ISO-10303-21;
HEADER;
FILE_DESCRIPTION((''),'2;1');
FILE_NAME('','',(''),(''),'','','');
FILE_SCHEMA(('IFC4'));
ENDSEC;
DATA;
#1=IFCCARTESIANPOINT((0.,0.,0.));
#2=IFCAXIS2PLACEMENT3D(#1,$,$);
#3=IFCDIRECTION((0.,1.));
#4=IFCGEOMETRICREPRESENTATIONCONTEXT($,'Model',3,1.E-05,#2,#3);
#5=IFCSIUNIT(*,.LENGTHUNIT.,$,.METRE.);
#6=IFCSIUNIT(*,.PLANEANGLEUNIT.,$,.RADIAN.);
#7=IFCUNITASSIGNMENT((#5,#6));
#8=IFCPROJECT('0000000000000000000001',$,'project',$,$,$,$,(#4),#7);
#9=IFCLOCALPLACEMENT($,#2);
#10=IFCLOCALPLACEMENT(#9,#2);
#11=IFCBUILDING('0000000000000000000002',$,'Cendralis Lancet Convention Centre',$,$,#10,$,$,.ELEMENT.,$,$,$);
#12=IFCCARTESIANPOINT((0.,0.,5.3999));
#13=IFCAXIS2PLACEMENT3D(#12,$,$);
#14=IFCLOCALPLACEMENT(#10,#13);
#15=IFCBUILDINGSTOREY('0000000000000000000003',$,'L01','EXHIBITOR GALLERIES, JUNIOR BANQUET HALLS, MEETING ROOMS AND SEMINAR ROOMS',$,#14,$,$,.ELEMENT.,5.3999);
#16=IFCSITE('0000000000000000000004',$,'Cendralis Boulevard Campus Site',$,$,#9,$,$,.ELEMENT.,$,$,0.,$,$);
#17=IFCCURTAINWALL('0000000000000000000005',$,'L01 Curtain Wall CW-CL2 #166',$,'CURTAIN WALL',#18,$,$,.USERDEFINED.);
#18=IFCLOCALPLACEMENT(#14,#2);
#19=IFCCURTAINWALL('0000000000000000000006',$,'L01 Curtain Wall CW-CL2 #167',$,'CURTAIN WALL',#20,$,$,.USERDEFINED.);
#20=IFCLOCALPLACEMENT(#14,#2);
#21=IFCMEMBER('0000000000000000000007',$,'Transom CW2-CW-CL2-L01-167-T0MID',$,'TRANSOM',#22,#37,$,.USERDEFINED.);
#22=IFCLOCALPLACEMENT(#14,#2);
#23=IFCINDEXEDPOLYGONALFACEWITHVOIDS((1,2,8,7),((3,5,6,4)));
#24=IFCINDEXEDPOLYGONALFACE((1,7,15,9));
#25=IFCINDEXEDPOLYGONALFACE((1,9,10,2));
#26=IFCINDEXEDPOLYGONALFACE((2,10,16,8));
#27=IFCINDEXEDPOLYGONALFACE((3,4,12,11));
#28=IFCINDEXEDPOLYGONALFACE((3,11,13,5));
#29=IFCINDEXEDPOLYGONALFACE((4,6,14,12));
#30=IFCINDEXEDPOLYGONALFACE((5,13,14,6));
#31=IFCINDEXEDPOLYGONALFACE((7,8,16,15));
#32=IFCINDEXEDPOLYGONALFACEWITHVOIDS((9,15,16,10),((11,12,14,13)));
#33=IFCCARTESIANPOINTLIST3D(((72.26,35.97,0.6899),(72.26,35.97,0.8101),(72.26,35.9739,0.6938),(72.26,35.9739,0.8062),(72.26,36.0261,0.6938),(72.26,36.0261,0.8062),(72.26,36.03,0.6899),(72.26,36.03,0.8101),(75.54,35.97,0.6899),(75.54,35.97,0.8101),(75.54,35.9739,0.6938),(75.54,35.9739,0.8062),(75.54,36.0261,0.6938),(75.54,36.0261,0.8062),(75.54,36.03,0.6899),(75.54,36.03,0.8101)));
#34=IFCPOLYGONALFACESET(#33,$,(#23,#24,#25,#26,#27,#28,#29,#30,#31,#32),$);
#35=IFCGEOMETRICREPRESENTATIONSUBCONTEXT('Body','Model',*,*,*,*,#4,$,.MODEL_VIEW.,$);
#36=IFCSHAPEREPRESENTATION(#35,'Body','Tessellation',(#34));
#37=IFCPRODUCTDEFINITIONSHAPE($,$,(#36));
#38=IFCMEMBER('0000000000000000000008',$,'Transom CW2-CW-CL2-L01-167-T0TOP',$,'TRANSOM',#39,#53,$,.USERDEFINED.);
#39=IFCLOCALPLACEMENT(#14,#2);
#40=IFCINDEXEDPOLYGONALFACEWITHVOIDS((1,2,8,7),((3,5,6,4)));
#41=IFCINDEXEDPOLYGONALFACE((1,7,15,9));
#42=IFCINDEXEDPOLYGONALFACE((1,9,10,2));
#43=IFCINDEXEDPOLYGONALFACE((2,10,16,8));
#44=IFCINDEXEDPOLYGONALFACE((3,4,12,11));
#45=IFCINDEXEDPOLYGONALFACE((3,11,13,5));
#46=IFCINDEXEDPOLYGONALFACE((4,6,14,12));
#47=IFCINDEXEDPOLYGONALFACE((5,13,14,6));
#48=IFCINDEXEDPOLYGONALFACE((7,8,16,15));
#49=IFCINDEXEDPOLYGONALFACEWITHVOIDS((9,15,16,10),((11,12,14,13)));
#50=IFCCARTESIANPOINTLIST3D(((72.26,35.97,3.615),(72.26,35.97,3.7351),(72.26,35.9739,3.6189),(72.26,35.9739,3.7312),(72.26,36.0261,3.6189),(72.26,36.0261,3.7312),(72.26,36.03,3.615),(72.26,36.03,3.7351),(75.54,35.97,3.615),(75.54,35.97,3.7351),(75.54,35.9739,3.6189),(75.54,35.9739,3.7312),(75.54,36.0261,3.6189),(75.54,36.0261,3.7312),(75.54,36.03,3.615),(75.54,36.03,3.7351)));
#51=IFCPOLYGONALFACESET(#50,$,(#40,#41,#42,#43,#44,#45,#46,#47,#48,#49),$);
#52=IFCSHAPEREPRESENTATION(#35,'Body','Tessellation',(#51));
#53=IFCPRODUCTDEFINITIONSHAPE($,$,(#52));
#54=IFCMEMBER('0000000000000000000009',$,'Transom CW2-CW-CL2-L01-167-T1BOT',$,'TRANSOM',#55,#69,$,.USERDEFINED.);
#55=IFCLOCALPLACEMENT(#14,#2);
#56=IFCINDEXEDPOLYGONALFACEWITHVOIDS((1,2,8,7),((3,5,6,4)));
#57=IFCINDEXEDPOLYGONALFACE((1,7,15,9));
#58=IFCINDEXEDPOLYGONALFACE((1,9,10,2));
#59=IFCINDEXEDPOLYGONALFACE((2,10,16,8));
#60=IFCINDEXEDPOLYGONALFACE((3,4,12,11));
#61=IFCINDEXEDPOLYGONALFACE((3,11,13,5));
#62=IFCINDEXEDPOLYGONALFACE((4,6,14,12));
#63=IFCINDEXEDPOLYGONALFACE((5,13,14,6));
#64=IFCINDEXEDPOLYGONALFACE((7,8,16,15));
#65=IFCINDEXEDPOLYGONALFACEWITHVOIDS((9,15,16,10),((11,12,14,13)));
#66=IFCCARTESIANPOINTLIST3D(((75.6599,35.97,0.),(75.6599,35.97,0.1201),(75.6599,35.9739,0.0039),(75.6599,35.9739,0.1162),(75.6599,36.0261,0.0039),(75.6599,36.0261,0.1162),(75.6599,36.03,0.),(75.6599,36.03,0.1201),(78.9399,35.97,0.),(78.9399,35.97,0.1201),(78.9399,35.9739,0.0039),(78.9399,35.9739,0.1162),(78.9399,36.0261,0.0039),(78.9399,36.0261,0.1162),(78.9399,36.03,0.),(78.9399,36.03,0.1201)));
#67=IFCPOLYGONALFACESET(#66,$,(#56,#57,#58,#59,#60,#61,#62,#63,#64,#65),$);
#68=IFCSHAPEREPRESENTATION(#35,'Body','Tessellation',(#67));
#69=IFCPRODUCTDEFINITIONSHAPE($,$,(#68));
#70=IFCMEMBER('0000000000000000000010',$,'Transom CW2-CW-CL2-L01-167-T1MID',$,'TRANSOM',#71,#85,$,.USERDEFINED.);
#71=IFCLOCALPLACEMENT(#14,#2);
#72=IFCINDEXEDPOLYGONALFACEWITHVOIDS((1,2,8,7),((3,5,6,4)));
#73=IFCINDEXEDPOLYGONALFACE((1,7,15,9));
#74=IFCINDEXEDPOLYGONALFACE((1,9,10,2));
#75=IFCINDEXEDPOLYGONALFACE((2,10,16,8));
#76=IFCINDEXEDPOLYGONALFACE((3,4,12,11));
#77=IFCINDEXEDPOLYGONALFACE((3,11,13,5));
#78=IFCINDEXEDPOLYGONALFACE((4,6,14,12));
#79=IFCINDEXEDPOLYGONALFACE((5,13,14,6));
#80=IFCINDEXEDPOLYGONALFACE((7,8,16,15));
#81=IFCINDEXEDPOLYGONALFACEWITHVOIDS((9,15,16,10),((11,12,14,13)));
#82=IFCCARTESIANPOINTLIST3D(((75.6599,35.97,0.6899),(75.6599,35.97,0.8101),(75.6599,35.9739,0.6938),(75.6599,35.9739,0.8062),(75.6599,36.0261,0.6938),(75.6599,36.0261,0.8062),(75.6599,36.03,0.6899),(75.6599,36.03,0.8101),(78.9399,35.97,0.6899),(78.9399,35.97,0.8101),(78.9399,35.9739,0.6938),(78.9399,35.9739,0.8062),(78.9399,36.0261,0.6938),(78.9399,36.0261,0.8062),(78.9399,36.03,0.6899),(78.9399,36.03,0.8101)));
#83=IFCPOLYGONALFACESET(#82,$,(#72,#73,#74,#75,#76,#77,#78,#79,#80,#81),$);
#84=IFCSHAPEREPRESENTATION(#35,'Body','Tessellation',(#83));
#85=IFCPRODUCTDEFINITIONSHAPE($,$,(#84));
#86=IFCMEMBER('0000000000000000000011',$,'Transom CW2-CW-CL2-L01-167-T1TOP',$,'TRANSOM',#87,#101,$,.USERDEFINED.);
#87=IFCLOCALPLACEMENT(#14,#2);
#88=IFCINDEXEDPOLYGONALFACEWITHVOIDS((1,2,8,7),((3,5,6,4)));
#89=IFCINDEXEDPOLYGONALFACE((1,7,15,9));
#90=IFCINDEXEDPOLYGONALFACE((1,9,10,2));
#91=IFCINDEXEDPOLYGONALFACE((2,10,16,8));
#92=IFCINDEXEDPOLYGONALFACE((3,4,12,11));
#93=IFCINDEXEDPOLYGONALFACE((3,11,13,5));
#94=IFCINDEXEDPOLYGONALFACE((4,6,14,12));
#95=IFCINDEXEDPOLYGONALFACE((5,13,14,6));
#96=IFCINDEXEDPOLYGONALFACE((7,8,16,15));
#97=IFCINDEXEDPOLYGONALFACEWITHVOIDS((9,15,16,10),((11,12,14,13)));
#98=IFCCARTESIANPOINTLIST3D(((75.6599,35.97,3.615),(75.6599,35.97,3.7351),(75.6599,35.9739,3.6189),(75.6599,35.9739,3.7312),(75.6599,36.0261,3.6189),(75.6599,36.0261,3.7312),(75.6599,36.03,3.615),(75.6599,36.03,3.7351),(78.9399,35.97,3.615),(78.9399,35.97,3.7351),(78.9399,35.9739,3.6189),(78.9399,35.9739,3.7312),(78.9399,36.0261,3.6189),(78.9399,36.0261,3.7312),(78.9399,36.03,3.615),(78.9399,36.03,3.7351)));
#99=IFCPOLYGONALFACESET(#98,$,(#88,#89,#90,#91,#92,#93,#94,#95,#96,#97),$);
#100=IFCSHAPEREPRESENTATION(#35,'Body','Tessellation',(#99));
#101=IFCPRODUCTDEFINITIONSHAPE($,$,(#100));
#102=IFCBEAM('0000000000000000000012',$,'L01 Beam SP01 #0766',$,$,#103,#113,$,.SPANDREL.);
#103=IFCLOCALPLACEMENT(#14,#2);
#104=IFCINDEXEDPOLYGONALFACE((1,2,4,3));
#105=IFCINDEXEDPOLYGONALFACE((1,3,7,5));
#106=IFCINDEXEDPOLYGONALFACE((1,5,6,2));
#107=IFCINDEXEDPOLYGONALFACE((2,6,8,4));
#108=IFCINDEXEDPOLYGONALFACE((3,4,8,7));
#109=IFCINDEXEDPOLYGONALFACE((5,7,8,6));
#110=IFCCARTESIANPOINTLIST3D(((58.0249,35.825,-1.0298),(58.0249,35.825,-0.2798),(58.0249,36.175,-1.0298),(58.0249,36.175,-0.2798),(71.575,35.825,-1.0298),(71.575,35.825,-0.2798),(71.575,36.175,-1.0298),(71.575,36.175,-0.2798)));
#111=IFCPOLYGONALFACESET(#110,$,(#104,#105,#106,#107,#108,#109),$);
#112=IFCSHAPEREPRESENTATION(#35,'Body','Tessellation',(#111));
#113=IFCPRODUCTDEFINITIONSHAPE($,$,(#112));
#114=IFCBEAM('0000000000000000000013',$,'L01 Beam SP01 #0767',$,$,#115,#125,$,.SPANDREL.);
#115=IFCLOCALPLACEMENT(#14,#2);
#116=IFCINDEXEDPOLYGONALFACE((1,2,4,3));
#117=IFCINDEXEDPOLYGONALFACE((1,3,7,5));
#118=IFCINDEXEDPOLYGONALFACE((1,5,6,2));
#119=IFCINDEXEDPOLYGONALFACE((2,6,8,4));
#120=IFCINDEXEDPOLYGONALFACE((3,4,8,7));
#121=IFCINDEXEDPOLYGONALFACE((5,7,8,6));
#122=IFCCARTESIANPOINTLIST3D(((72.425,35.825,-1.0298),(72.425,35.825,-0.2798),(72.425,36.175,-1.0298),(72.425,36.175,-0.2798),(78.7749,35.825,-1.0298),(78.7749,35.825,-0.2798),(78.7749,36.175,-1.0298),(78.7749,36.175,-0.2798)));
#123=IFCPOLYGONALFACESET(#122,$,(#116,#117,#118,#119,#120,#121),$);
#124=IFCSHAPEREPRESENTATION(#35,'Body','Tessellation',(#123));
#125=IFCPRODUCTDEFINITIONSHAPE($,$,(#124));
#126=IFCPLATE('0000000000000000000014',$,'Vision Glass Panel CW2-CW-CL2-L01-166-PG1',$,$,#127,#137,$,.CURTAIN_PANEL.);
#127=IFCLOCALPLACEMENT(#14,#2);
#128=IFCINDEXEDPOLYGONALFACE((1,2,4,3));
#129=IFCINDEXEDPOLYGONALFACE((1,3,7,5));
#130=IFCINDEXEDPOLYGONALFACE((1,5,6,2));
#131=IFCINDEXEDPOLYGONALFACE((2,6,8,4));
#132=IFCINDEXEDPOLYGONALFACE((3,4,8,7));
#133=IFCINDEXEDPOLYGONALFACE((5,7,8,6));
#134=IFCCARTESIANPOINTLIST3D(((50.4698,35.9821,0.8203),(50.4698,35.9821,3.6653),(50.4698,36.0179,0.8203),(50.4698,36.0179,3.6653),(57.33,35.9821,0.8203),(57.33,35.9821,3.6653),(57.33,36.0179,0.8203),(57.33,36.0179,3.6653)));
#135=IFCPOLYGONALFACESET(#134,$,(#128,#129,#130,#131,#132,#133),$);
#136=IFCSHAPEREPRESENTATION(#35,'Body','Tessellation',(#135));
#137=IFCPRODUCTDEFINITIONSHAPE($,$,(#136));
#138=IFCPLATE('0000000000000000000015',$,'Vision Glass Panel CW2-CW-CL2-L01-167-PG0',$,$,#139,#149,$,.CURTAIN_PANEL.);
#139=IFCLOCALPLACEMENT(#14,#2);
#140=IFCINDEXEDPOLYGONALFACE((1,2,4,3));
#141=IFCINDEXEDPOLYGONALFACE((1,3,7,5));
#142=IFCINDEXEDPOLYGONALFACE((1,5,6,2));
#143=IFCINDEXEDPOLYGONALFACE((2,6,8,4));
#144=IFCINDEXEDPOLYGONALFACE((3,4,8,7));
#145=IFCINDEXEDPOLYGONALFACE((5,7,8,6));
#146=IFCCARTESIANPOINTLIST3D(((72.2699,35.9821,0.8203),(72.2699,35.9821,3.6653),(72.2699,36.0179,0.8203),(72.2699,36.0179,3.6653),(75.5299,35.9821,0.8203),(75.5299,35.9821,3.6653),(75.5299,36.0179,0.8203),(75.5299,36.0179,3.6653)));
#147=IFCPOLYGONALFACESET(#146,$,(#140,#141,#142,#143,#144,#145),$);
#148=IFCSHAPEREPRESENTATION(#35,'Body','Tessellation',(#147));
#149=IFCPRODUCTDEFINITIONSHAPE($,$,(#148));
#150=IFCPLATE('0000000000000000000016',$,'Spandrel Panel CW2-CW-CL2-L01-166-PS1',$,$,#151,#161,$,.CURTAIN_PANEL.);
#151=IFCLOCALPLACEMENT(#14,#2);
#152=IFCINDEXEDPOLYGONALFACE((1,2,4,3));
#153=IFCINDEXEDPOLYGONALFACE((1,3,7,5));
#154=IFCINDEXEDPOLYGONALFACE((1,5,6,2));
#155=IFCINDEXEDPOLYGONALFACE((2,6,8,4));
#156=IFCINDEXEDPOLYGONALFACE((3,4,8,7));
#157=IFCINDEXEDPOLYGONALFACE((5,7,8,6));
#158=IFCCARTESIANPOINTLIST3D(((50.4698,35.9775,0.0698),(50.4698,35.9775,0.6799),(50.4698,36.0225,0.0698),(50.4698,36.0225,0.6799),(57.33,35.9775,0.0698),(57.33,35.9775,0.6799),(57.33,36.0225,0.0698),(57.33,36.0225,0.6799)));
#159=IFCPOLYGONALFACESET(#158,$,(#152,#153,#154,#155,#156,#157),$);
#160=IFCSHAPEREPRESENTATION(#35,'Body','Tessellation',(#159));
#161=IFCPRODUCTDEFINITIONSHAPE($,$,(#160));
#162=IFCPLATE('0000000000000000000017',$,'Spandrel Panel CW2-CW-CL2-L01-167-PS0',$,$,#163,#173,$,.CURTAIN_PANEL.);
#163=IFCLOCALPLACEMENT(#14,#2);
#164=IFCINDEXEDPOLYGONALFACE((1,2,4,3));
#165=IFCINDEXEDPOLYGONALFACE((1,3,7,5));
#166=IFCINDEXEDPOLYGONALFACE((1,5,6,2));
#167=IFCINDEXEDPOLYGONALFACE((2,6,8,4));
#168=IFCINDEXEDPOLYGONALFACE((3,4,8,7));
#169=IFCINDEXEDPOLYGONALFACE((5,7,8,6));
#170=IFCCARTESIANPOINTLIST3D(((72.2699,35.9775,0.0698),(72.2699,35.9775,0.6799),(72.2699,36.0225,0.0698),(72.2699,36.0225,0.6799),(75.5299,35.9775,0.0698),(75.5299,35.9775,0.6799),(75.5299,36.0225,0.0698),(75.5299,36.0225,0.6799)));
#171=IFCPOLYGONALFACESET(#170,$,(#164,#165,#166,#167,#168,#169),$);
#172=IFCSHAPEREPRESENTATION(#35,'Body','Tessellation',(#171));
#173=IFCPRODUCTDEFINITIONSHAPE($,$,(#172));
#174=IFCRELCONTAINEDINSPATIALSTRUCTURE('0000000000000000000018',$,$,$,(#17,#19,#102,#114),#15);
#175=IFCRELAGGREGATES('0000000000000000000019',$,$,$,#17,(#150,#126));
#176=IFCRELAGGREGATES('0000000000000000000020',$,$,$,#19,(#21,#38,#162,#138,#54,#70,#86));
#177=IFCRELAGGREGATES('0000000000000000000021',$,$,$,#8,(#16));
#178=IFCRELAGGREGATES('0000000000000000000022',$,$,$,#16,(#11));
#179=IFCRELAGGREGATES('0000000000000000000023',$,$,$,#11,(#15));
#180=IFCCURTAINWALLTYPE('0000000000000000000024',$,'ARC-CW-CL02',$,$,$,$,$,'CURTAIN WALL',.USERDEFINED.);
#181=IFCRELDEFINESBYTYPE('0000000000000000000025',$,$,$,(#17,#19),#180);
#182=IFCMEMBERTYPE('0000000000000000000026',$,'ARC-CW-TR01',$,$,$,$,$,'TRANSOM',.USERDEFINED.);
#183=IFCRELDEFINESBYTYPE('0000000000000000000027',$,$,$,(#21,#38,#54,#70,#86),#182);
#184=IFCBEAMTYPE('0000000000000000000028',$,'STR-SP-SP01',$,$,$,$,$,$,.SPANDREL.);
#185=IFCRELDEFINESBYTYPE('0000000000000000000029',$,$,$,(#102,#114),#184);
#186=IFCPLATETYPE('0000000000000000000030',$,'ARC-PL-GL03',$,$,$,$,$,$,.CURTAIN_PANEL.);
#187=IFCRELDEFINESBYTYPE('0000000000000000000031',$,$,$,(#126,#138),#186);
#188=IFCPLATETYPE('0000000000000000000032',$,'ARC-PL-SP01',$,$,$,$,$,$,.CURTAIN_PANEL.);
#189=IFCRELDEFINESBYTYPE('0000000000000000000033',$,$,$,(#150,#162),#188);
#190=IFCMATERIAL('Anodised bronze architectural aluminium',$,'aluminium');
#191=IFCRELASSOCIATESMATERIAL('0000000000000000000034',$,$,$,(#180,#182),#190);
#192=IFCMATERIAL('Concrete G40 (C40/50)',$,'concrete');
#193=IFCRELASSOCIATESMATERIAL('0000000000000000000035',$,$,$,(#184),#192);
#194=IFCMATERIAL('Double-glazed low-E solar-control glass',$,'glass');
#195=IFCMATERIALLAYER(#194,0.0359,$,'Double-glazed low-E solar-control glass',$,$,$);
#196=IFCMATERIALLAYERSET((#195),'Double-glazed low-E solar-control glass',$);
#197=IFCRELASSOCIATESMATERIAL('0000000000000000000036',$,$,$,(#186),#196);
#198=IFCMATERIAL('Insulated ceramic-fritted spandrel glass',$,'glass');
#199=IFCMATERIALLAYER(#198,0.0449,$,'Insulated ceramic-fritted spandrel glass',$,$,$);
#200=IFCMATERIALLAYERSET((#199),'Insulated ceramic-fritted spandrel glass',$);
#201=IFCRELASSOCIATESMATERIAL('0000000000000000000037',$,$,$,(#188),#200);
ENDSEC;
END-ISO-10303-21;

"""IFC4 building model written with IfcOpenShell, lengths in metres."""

from ifc_helpers import new_model, si_unit, direction, frame, origin, origin_2d, place, context, subcontext, project, spatial, rectangle, hollow_rectangle, extrude, material, layer, layer_set, material_profile, profile_set, type_object, element, aggregate, save


model = new_model("IFC4")

# Units and contexts
model_context = context("Model", 3, precision=1e-05, world=origin(), true_north=direction((0.0, 1.0)))
body_context = subcontext(model_context, "Body", "Model", "MODEL_VIEW")
ifc_project = project(units=[si_unit("LENGTHUNIT", "METRE"), si_unit("PLANEANGLEUNIT", "RADIAN")], contexts=[model_context])

# Site, building, storey
site_placement = place(None, origin())
site = spatial("IfcSite", under=ifc_project, at=site_placement, Name="Cendralis Boulevard Campus Site", CompositionType="ELEMENT", RefElevation=0.0)
building_placement = place(site_placement, origin())
building = spatial("IfcBuilding", under=site, at=building_placement, Name="Cendralis Lancet Convention Centre", CompositionType="ELEMENT")
storey_placement = place(building_placement, frame((0.0, 0.0, 5.3999)))
storey = spatial("IfcBuildingStorey", under=building, at=storey_placement, Name="L01", Description="EXHIBITOR GALLERIES, JUNIOR BANQUET HALLS, MEETING ROOMS AND SEMINAR ROOMS", CompositionType="ELEMENT", Elevation=5.3999)

# Shared definitions
ifc_material_1 = material(Name="Concrete G40 (C40/50)", Category="concrete")

# Curtain wall
ifc_material_2 = material(Name="Anodised bronze architectural aluminium", Category="aluminium")
curtain_wall_type = type_object("IfcCurtainWallType", Name="ARC-CW-CL02", ElementType="CURTAIN WALL", PredefinedType="USERDEFINED", material=ifc_material_2)
curtain_wall_1_placement = place(storey_placement, origin())
curtain_wall_1 = element("IfcCurtainWall", 1, at=curtain_wall_1_placement, inside=storey, type_object=curtain_wall_type, Name="L01 Curtain Wall CW-CL2 #166", ObjectType="CURTAIN WALL", PredefinedType="USERDEFINED")

# Curtain wall, members
curtain_wall_2_placement = place(storey_placement, origin())
curtain_wall_2 = element("IfcCurtainWall", 2, at=curtain_wall_2_placement, inside=storey, type_object=curtain_wall_type, Name="L01 Curtain Wall CW-CL2 #167", ObjectType="CURTAIN WALL", PredefinedType="USERDEFINED")
ifc_material_profile_1 = material_profile(ifc_material_2, hollow_rectangle(XDim=0.0601, YDim=0.1201, WallThickness=0.0039, at=origin_2d()), Name="AL-TRAN 60x120x4.0")
ifc_profile_set_1 = profile_set([ifc_material_profile_1], Name="Anodised bronze architectural aluminium")
member_type_1 = type_object("IfcMemberType", Name="ARC-CW-TR01", ElementType="TRANSOM", PredefinedType="USERDEFINED", material=ifc_profile_set_1)
member_1_placement = place(storey_placement, frame((72.26, 36.0, 0.75), z_axis=(1.0, 0.0, 0.0), x_axis=(0.0, 1.0, 0.0)))
member_1 = element("IfcMember", 3, at=member_1_placement, type_object=member_type_1, Name="Transom CW2-CW-CL2-L01-167-T0MID", ObjectType="TRANSOM", PredefinedType="USERDEFINED", context=body_context, shape_type="SweptSolid", body=[
    extrude(hollow_rectangle(XDim=0.0601, YDim=0.1201, WallThickness=0.0039, at=origin_2d()), origin(), (0.0, 0.0, 1.0), 3.28),
])
member_2_placement = place(storey_placement, frame((72.26, 36.0, 3.675), z_axis=(1.0, 0.0, 0.0), x_axis=(0.0, 1.0, 0.0)))
member_2 = element("IfcMember", 4, at=member_2_placement, type_object=member_type_1, Name="Transom CW2-CW-CL2-L01-167-T0TOP", ObjectType="TRANSOM", PredefinedType="USERDEFINED", context=body_context, shape_type="SweptSolid", body=[
    extrude(hollow_rectangle(XDim=0.0601, YDim=0.1201, WallThickness=0.0039, at=origin_2d()), origin(), (0.0, 0.0, 1.0), 3.28),
])
member_3_placement = place(storey_placement, frame((75.6599, 36.0, 0.0601), z_axis=(1.0, 0.0, 0.0), x_axis=(0.0, 1.0, 0.0)))
member_3 = element("IfcMember", 5, at=member_3_placement, type_object=member_type_1, Name="Transom CW2-CW-CL2-L01-167-T1BOT", ObjectType="TRANSOM", PredefinedType="USERDEFINED", context=body_context, shape_type="SweptSolid", body=[
    extrude(hollow_rectangle(XDim=0.0601, YDim=0.1201, WallThickness=0.0039, at=origin_2d()), origin(), (0.0, 0.0, 1.0), 3.28),
])
member_4_placement = place(storey_placement, frame((75.6599, 36.0, 0.75), z_axis=(1.0, 0.0, 0.0), x_axis=(0.0, 1.0, 0.0)))
member_4 = element("IfcMember", 6, at=member_4_placement, type_object=member_type_1, Name="Transom CW2-CW-CL2-L01-167-T1MID", ObjectType="TRANSOM", PredefinedType="USERDEFINED", context=body_context, shape_type="SweptSolid", body=[
    extrude(hollow_rectangle(XDim=0.0601, YDim=0.1201, WallThickness=0.0039, at=origin_2d()), origin(), (0.0, 0.0, 1.0), 3.28),
])
member_5_placement = place(storey_placement, frame((75.6599, 36.0, 3.675), z_axis=(1.0, 0.0, 0.0), x_axis=(0.0, 1.0, 0.0)))
member_5 = element("IfcMember", 7, at=member_5_placement, type_object=member_type_1, Name="Transom CW2-CW-CL2-L01-167-T1TOP", ObjectType="TRANSOM", PredefinedType="USERDEFINED", context=body_context, shape_type="SweptSolid", body=[
    extrude(hollow_rectangle(XDim=0.0601, YDim=0.1201, WallThickness=0.0039, at=origin_2d()), origin(), (0.0, 0.0, 1.0), 3.28),
])

# Beams
ifc_material_profile_2 = material_profile(ifc_material_1, rectangle(XDim=0.3501, YDim=0.75, at=origin_2d()), Name="RCB 350x750")
ifc_profile_set_2 = profile_set([ifc_material_profile_2], Name="Concrete G40 (C40/50)")
beam_type = type_object("IfcBeamType", Name="STR-SP-SP01", PredefinedType="SPANDREL", material=ifc_profile_set_2)
beam_1_placement = place(storey_placement, frame((58.0249, 36.0, -0.6548), z_axis=(1.0, 0.0, 0.0), x_axis=(0.0, 1.0, 0.0)))
element("IfcBeam", 8, at=beam_1_placement, inside=storey, type_object=beam_type, Name="L01 Beam SP01 #0766", PredefinedType="SPANDREL", context=body_context, shape_type="SweptSolid", body=[
    extrude(rectangle(XDim=0.3501, YDim=0.75, at=origin_2d()), origin(), (0.0, 0.0, 1.0), 13.55),
])
beam_2_placement = place(storey_placement, frame((72.425, 36.0, -0.6548), z_axis=(1.0, 0.0, 0.0), x_axis=(0.0, 1.0, 0.0)))
element("IfcBeam", 9, at=beam_2_placement, inside=storey, type_object=beam_type, Name="L01 Beam SP01 #0767", PredefinedType="SPANDREL", context=body_context, shape_type="SweptSolid", body=[
    extrude(rectangle(XDim=0.3501, YDim=0.75, at=origin_2d()), origin(), (0.0, 0.0, 1.0), 6.3499),
])

# Plates
ifc_material_3 = material(Name="Double-glazed low-E solar-control glass", Category="glass")
ifc_layer_1 = layer(ifc_material_3, 0.0359, Name="Double-glazed low-E solar-control glass")
ifc_layer_set_1 = layer_set([ifc_layer_1], Name="Double-glazed low-E solar-control glass")
plate_type_1 = type_object("IfcPlateType", Name="ARC-PL-GL03", PredefinedType="CURTAIN_PANEL", material=ifc_layer_set_1)
plate_1_placement = place(storey_placement, frame((53.8999, 36.0, 0.8203), z_axis=(0.0, 0.0, 1.0), x_axis=(1.0, 0.0, 0.0)))
plate_1 = element("IfcPlate", 10, at=plate_1_placement, type_object=plate_type_1, Name="Vision Glass Panel CW2-CW-CL2-L01-166-PG1", PredefinedType="CURTAIN_PANEL", context=body_context, shape_type="SweptSolid", body=[
    extrude(rectangle(XDim=6.8601, YDim=0.0359, at=origin_2d()), origin(), (0.0, 0.0, 1.0), 2.845),
])
plate_2_placement = place(storey_placement, frame((73.8999, 36.0, 0.8203), z_axis=(0.0, 0.0, 1.0), x_axis=(1.0, 0.0, 0.0)))
plate_2 = element("IfcPlate", 11, at=plate_2_placement, type_object=plate_type_1, Name="Vision Glass Panel CW2-CW-CL2-L01-167-PG0", PredefinedType="CURTAIN_PANEL", context=body_context, shape_type="SweptSolid", body=[
    extrude(rectangle(XDim=3.26, YDim=0.0359, at=origin_2d()), origin(), (0.0, 0.0, 1.0), 2.845),
])
ifc_material_4 = material(Name="Insulated ceramic-fritted spandrel glass", Category="glass")
ifc_layer_2 = layer(ifc_material_4, 0.0449, Name="Insulated ceramic-fritted spandrel glass")
ifc_layer_set_2 = layer_set([ifc_layer_2], Name="Insulated ceramic-fritted spandrel glass")
plate_type_2 = type_object("IfcPlateType", Name="ARC-PL-SP01", PredefinedType="CURTAIN_PANEL", material=ifc_layer_set_2)
plate_3_placement = place(storey_placement, frame((53.8999, 36.0, 0.0698), z_axis=(0.0, 0.0, 1.0), x_axis=(1.0, 0.0, 0.0)))
plate_3 = element("IfcPlate", 12, at=plate_3_placement, type_object=plate_type_2, Name="Spandrel Panel CW2-CW-CL2-L01-166-PS1", PredefinedType="CURTAIN_PANEL", context=body_context, shape_type="SweptSolid", body=[
    extrude(rectangle(XDim=6.8601, YDim=0.0449, at=origin_2d()), origin(), (0.0, 0.0, 1.0), 0.6101),
])
aggregate(curtain_wall_1, [plate_3, plate_1])
plate_4_placement = place(storey_placement, frame((73.8999, 36.0, 0.0698), z_axis=(0.0, 0.0, 1.0), x_axis=(1.0, 0.0, 0.0)))
plate_4 = element("IfcPlate", 13, at=plate_4_placement, type_object=plate_type_2, Name="Spandrel Panel CW2-CW-CL2-L01-167-PS0", PredefinedType="CURTAIN_PANEL", context=body_context, shape_type="SweptSolid", body=[
    extrude(rectangle(XDim=3.26, YDim=0.0449, at=origin_2d()), origin(), (0.0, 0.0, 1.0), 0.6101),
])
aggregate(curtain_wall_2, [member_1, member_2, plate_4, plate_2, member_3, member_4, member_5])

save(model, "model.ifc")
